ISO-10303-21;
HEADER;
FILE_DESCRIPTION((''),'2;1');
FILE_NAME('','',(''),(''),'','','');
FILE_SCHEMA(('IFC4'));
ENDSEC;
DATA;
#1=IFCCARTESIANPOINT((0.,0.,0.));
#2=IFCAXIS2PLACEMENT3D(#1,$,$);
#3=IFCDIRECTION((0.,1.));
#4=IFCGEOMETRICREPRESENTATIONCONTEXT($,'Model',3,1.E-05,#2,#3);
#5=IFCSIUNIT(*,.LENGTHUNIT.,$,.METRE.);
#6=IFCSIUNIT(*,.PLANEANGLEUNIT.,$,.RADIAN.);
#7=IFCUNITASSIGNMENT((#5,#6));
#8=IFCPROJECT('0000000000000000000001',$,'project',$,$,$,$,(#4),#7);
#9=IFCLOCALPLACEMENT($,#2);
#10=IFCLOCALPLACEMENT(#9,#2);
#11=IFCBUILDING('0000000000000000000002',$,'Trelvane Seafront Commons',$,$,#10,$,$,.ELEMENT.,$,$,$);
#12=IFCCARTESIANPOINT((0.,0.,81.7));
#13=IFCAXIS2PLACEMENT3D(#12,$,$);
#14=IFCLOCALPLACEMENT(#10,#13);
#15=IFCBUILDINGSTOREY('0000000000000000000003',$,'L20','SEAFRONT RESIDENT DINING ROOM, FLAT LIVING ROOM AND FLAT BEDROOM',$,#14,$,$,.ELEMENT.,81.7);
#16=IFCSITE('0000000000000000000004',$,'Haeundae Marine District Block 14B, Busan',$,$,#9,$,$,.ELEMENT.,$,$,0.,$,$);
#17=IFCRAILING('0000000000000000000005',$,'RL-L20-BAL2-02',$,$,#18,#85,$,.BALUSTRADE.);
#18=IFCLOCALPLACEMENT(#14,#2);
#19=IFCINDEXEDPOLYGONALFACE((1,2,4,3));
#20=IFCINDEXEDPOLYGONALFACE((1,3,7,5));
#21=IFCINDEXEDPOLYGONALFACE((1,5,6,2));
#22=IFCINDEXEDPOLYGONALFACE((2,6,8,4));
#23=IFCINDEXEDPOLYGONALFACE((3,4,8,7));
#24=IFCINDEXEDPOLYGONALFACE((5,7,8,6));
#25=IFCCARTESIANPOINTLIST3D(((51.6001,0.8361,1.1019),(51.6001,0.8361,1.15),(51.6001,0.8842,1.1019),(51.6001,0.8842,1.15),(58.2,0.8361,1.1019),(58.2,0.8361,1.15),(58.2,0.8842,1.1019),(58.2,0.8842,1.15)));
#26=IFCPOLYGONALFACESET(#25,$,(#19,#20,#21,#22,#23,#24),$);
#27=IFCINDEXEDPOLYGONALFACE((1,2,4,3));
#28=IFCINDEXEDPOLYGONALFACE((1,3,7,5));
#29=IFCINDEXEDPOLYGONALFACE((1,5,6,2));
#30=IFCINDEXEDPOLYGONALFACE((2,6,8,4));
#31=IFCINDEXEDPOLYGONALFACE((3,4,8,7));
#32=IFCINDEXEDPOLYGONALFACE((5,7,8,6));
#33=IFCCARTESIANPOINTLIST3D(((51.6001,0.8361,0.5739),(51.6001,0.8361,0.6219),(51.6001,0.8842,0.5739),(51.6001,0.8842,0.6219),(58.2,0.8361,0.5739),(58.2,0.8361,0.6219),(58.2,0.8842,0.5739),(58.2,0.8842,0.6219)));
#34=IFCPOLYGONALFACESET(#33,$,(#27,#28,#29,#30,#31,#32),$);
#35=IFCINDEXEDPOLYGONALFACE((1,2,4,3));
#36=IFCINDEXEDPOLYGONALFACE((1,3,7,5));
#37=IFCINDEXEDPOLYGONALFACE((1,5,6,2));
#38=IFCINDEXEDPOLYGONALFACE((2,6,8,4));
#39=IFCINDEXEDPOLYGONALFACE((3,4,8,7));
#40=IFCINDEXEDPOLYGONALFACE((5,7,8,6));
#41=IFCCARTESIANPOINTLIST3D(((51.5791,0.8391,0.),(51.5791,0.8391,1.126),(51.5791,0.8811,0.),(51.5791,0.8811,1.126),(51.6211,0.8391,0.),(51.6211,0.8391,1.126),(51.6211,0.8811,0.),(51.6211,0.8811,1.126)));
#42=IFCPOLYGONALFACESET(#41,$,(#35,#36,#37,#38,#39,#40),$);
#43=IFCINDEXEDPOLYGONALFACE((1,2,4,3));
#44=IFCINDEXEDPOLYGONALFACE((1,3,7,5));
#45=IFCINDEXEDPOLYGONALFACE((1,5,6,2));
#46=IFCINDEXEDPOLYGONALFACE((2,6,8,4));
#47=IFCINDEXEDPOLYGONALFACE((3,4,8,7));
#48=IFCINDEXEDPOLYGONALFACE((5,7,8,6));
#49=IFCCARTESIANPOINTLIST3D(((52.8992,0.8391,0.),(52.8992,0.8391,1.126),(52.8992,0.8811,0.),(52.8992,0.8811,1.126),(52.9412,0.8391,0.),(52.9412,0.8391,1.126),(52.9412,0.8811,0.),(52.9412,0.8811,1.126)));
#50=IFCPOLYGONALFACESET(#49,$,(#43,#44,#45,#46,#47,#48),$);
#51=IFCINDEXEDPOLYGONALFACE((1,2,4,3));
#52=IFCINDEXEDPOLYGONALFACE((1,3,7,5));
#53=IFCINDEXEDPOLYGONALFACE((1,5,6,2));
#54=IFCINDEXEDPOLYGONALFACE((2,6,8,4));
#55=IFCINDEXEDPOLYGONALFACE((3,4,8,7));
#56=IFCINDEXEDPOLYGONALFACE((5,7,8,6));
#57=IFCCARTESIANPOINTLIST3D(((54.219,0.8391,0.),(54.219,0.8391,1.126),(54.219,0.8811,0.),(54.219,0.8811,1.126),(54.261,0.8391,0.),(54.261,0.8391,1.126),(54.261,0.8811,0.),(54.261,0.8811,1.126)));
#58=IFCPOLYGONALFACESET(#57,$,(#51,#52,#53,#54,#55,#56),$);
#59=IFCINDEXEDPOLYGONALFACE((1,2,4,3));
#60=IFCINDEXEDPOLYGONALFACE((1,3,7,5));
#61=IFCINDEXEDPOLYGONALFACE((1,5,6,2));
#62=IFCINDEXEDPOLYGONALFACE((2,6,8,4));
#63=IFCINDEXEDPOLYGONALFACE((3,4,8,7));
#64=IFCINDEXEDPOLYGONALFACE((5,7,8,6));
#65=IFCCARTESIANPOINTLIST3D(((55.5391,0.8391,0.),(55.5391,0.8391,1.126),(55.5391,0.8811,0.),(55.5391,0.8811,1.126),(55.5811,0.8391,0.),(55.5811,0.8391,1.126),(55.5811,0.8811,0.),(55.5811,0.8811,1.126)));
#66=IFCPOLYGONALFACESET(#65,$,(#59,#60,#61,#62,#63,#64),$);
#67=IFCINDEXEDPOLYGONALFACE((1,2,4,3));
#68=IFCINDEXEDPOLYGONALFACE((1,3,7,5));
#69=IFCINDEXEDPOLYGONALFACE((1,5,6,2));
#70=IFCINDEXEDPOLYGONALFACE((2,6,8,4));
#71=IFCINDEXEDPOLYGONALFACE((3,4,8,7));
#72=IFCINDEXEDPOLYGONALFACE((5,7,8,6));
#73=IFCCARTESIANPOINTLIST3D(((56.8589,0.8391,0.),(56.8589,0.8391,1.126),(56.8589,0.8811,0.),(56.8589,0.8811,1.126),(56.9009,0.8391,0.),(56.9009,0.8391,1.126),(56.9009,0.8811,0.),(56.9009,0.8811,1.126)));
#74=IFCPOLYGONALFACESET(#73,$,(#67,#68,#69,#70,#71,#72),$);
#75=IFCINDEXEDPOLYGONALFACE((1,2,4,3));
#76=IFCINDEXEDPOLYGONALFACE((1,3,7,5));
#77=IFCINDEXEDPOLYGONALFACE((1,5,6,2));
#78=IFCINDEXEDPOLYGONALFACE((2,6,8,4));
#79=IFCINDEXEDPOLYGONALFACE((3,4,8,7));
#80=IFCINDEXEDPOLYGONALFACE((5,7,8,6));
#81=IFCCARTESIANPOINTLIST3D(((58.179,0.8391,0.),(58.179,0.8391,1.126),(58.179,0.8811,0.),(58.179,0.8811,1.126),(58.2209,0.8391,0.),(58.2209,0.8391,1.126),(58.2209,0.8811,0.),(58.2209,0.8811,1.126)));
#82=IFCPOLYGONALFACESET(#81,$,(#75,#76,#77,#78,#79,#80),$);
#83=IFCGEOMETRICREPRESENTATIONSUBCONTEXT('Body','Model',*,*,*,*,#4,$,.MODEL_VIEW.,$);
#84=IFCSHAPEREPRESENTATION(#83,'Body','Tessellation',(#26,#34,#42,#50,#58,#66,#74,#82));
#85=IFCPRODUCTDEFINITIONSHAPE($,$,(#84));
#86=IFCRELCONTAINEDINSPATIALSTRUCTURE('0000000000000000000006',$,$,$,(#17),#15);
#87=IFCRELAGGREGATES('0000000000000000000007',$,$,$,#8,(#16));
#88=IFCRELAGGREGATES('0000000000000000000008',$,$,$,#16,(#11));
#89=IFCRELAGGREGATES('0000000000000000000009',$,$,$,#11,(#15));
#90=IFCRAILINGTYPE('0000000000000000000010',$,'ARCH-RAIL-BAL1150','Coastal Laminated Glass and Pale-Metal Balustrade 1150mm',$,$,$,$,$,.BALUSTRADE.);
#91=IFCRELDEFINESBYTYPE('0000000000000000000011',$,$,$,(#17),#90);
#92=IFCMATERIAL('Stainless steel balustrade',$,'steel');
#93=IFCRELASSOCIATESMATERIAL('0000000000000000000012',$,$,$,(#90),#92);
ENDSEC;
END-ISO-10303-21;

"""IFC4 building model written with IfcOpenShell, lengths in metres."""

from ifc_helpers import new_model, si_unit, direction, frame, origin, origin_2d, place, context, subcontext, project, spatial, rectangle, extrude, material, type_object, element, save


model = new_model("IFC4")

# Units and contexts
model_context = context("Model", 3, precision=1e-05, world=origin(), true_north=direction((0.0, 1.0)))
body_context = subcontext(model_context, "Body", "Model", "MODEL_VIEW")
ifc_project = project(units=[si_unit("LENGTHUNIT", "METRE"), si_unit("PLANEANGLEUNIT", "RADIAN")], contexts=[model_context])

# Site, building, storey
site_placement = place(None, origin())
site = spatial("IfcSite", under=ifc_project, at=site_placement, Name="Haeundae Marine District Block 14B, Busan", CompositionType="ELEMENT", RefElevation=0.0)
building_placement = place(site_placement, origin())
building = spatial("IfcBuilding", under=site, at=building_placement, Name="Trelvane Seafront Commons", CompositionType="ELEMENT")
storey_placement = place(building_placement, frame((0.0, 0.0, 81.7)))
storey = spatial("IfcBuildingStorey", under=building, at=storey_placement, Name="L20", Description="SEAFRONT RESIDENT DINING ROOM, FLAT LIVING ROOM AND FLAT BEDROOM", CompositionType="ELEMENT", Elevation=81.7)

# Railing
ifc_material_1 = material(Name="Stainless steel balustrade", Category="steel")
railing_type = type_object("IfcRailingType", Name="ARCH-RAIL-BAL1150", Description="Coastal Laminated Glass and Pale-Metal Balustrade 1150mm", PredefinedType="BALUSTRADE", material=ifc_material_1)
railing_1_placement = place(storey_placement, frame((51.6001, 0.8601, 0.0)))
element("IfcRailing", 1, at=railing_1_placement, inside=storey, type_object=railing_type, Name="RL-L20-BAL2-02", PredefinedType="BALUSTRADE", context=body_context, shape_type="SweptSolid", body=[
    extrude(rectangle(XDim=0.0481, YDim=0.0481, at=origin_2d()), frame((0.0, 0.0, 1.126), z_axis=(1.0, 0.0, 0.0), x_axis=(0.0, 1.0, 0.0)), (0.0, 0.0, 1.0), 6.5999),
    extrude(rectangle(XDim=0.0481, YDim=0.0481, at=origin_2d()), frame((0.0, 0.0, 0.5979), z_axis=(1.0, 0.0, 0.0), x_axis=(0.0, 1.0, 0.0)), (0.0, 0.0, 1.0), 6.5999),
    extrude(rectangle(XDim=0.042, YDim=0.042, at=origin_2d()), origin(), (0.0, 0.0, 1.0), 1.126),
    extrude(rectangle(XDim=0.042, YDim=0.042, at=origin_2d()), frame((1.3201, 0.0, 0.0)), (0.0, 0.0, 1.0), 1.126),
    extrude(rectangle(XDim=0.042, YDim=0.042, at=origin_2d()), frame((2.6399, 0.0, 0.0)), (0.0, 0.0, 1.0), 1.126),
    extrude(rectangle(XDim=0.042, YDim=0.042, at=origin_2d()), frame((3.96, 0.0, 0.0)), (0.0, 0.0, 1.0), 1.126),
    extrude(rectangle(XDim=0.042, YDim=0.042, at=origin_2d()), frame((5.2798, 0.0, 0.0)), (0.0, 0.0, 1.0), 1.126),
    extrude(rectangle(XDim=0.042, YDim=0.042, at=origin_2d()), frame((6.5999, 0.0, 0.0)), (0.0, 0.0, 1.0), 1.126),
])

save(model, "model.ifc")
